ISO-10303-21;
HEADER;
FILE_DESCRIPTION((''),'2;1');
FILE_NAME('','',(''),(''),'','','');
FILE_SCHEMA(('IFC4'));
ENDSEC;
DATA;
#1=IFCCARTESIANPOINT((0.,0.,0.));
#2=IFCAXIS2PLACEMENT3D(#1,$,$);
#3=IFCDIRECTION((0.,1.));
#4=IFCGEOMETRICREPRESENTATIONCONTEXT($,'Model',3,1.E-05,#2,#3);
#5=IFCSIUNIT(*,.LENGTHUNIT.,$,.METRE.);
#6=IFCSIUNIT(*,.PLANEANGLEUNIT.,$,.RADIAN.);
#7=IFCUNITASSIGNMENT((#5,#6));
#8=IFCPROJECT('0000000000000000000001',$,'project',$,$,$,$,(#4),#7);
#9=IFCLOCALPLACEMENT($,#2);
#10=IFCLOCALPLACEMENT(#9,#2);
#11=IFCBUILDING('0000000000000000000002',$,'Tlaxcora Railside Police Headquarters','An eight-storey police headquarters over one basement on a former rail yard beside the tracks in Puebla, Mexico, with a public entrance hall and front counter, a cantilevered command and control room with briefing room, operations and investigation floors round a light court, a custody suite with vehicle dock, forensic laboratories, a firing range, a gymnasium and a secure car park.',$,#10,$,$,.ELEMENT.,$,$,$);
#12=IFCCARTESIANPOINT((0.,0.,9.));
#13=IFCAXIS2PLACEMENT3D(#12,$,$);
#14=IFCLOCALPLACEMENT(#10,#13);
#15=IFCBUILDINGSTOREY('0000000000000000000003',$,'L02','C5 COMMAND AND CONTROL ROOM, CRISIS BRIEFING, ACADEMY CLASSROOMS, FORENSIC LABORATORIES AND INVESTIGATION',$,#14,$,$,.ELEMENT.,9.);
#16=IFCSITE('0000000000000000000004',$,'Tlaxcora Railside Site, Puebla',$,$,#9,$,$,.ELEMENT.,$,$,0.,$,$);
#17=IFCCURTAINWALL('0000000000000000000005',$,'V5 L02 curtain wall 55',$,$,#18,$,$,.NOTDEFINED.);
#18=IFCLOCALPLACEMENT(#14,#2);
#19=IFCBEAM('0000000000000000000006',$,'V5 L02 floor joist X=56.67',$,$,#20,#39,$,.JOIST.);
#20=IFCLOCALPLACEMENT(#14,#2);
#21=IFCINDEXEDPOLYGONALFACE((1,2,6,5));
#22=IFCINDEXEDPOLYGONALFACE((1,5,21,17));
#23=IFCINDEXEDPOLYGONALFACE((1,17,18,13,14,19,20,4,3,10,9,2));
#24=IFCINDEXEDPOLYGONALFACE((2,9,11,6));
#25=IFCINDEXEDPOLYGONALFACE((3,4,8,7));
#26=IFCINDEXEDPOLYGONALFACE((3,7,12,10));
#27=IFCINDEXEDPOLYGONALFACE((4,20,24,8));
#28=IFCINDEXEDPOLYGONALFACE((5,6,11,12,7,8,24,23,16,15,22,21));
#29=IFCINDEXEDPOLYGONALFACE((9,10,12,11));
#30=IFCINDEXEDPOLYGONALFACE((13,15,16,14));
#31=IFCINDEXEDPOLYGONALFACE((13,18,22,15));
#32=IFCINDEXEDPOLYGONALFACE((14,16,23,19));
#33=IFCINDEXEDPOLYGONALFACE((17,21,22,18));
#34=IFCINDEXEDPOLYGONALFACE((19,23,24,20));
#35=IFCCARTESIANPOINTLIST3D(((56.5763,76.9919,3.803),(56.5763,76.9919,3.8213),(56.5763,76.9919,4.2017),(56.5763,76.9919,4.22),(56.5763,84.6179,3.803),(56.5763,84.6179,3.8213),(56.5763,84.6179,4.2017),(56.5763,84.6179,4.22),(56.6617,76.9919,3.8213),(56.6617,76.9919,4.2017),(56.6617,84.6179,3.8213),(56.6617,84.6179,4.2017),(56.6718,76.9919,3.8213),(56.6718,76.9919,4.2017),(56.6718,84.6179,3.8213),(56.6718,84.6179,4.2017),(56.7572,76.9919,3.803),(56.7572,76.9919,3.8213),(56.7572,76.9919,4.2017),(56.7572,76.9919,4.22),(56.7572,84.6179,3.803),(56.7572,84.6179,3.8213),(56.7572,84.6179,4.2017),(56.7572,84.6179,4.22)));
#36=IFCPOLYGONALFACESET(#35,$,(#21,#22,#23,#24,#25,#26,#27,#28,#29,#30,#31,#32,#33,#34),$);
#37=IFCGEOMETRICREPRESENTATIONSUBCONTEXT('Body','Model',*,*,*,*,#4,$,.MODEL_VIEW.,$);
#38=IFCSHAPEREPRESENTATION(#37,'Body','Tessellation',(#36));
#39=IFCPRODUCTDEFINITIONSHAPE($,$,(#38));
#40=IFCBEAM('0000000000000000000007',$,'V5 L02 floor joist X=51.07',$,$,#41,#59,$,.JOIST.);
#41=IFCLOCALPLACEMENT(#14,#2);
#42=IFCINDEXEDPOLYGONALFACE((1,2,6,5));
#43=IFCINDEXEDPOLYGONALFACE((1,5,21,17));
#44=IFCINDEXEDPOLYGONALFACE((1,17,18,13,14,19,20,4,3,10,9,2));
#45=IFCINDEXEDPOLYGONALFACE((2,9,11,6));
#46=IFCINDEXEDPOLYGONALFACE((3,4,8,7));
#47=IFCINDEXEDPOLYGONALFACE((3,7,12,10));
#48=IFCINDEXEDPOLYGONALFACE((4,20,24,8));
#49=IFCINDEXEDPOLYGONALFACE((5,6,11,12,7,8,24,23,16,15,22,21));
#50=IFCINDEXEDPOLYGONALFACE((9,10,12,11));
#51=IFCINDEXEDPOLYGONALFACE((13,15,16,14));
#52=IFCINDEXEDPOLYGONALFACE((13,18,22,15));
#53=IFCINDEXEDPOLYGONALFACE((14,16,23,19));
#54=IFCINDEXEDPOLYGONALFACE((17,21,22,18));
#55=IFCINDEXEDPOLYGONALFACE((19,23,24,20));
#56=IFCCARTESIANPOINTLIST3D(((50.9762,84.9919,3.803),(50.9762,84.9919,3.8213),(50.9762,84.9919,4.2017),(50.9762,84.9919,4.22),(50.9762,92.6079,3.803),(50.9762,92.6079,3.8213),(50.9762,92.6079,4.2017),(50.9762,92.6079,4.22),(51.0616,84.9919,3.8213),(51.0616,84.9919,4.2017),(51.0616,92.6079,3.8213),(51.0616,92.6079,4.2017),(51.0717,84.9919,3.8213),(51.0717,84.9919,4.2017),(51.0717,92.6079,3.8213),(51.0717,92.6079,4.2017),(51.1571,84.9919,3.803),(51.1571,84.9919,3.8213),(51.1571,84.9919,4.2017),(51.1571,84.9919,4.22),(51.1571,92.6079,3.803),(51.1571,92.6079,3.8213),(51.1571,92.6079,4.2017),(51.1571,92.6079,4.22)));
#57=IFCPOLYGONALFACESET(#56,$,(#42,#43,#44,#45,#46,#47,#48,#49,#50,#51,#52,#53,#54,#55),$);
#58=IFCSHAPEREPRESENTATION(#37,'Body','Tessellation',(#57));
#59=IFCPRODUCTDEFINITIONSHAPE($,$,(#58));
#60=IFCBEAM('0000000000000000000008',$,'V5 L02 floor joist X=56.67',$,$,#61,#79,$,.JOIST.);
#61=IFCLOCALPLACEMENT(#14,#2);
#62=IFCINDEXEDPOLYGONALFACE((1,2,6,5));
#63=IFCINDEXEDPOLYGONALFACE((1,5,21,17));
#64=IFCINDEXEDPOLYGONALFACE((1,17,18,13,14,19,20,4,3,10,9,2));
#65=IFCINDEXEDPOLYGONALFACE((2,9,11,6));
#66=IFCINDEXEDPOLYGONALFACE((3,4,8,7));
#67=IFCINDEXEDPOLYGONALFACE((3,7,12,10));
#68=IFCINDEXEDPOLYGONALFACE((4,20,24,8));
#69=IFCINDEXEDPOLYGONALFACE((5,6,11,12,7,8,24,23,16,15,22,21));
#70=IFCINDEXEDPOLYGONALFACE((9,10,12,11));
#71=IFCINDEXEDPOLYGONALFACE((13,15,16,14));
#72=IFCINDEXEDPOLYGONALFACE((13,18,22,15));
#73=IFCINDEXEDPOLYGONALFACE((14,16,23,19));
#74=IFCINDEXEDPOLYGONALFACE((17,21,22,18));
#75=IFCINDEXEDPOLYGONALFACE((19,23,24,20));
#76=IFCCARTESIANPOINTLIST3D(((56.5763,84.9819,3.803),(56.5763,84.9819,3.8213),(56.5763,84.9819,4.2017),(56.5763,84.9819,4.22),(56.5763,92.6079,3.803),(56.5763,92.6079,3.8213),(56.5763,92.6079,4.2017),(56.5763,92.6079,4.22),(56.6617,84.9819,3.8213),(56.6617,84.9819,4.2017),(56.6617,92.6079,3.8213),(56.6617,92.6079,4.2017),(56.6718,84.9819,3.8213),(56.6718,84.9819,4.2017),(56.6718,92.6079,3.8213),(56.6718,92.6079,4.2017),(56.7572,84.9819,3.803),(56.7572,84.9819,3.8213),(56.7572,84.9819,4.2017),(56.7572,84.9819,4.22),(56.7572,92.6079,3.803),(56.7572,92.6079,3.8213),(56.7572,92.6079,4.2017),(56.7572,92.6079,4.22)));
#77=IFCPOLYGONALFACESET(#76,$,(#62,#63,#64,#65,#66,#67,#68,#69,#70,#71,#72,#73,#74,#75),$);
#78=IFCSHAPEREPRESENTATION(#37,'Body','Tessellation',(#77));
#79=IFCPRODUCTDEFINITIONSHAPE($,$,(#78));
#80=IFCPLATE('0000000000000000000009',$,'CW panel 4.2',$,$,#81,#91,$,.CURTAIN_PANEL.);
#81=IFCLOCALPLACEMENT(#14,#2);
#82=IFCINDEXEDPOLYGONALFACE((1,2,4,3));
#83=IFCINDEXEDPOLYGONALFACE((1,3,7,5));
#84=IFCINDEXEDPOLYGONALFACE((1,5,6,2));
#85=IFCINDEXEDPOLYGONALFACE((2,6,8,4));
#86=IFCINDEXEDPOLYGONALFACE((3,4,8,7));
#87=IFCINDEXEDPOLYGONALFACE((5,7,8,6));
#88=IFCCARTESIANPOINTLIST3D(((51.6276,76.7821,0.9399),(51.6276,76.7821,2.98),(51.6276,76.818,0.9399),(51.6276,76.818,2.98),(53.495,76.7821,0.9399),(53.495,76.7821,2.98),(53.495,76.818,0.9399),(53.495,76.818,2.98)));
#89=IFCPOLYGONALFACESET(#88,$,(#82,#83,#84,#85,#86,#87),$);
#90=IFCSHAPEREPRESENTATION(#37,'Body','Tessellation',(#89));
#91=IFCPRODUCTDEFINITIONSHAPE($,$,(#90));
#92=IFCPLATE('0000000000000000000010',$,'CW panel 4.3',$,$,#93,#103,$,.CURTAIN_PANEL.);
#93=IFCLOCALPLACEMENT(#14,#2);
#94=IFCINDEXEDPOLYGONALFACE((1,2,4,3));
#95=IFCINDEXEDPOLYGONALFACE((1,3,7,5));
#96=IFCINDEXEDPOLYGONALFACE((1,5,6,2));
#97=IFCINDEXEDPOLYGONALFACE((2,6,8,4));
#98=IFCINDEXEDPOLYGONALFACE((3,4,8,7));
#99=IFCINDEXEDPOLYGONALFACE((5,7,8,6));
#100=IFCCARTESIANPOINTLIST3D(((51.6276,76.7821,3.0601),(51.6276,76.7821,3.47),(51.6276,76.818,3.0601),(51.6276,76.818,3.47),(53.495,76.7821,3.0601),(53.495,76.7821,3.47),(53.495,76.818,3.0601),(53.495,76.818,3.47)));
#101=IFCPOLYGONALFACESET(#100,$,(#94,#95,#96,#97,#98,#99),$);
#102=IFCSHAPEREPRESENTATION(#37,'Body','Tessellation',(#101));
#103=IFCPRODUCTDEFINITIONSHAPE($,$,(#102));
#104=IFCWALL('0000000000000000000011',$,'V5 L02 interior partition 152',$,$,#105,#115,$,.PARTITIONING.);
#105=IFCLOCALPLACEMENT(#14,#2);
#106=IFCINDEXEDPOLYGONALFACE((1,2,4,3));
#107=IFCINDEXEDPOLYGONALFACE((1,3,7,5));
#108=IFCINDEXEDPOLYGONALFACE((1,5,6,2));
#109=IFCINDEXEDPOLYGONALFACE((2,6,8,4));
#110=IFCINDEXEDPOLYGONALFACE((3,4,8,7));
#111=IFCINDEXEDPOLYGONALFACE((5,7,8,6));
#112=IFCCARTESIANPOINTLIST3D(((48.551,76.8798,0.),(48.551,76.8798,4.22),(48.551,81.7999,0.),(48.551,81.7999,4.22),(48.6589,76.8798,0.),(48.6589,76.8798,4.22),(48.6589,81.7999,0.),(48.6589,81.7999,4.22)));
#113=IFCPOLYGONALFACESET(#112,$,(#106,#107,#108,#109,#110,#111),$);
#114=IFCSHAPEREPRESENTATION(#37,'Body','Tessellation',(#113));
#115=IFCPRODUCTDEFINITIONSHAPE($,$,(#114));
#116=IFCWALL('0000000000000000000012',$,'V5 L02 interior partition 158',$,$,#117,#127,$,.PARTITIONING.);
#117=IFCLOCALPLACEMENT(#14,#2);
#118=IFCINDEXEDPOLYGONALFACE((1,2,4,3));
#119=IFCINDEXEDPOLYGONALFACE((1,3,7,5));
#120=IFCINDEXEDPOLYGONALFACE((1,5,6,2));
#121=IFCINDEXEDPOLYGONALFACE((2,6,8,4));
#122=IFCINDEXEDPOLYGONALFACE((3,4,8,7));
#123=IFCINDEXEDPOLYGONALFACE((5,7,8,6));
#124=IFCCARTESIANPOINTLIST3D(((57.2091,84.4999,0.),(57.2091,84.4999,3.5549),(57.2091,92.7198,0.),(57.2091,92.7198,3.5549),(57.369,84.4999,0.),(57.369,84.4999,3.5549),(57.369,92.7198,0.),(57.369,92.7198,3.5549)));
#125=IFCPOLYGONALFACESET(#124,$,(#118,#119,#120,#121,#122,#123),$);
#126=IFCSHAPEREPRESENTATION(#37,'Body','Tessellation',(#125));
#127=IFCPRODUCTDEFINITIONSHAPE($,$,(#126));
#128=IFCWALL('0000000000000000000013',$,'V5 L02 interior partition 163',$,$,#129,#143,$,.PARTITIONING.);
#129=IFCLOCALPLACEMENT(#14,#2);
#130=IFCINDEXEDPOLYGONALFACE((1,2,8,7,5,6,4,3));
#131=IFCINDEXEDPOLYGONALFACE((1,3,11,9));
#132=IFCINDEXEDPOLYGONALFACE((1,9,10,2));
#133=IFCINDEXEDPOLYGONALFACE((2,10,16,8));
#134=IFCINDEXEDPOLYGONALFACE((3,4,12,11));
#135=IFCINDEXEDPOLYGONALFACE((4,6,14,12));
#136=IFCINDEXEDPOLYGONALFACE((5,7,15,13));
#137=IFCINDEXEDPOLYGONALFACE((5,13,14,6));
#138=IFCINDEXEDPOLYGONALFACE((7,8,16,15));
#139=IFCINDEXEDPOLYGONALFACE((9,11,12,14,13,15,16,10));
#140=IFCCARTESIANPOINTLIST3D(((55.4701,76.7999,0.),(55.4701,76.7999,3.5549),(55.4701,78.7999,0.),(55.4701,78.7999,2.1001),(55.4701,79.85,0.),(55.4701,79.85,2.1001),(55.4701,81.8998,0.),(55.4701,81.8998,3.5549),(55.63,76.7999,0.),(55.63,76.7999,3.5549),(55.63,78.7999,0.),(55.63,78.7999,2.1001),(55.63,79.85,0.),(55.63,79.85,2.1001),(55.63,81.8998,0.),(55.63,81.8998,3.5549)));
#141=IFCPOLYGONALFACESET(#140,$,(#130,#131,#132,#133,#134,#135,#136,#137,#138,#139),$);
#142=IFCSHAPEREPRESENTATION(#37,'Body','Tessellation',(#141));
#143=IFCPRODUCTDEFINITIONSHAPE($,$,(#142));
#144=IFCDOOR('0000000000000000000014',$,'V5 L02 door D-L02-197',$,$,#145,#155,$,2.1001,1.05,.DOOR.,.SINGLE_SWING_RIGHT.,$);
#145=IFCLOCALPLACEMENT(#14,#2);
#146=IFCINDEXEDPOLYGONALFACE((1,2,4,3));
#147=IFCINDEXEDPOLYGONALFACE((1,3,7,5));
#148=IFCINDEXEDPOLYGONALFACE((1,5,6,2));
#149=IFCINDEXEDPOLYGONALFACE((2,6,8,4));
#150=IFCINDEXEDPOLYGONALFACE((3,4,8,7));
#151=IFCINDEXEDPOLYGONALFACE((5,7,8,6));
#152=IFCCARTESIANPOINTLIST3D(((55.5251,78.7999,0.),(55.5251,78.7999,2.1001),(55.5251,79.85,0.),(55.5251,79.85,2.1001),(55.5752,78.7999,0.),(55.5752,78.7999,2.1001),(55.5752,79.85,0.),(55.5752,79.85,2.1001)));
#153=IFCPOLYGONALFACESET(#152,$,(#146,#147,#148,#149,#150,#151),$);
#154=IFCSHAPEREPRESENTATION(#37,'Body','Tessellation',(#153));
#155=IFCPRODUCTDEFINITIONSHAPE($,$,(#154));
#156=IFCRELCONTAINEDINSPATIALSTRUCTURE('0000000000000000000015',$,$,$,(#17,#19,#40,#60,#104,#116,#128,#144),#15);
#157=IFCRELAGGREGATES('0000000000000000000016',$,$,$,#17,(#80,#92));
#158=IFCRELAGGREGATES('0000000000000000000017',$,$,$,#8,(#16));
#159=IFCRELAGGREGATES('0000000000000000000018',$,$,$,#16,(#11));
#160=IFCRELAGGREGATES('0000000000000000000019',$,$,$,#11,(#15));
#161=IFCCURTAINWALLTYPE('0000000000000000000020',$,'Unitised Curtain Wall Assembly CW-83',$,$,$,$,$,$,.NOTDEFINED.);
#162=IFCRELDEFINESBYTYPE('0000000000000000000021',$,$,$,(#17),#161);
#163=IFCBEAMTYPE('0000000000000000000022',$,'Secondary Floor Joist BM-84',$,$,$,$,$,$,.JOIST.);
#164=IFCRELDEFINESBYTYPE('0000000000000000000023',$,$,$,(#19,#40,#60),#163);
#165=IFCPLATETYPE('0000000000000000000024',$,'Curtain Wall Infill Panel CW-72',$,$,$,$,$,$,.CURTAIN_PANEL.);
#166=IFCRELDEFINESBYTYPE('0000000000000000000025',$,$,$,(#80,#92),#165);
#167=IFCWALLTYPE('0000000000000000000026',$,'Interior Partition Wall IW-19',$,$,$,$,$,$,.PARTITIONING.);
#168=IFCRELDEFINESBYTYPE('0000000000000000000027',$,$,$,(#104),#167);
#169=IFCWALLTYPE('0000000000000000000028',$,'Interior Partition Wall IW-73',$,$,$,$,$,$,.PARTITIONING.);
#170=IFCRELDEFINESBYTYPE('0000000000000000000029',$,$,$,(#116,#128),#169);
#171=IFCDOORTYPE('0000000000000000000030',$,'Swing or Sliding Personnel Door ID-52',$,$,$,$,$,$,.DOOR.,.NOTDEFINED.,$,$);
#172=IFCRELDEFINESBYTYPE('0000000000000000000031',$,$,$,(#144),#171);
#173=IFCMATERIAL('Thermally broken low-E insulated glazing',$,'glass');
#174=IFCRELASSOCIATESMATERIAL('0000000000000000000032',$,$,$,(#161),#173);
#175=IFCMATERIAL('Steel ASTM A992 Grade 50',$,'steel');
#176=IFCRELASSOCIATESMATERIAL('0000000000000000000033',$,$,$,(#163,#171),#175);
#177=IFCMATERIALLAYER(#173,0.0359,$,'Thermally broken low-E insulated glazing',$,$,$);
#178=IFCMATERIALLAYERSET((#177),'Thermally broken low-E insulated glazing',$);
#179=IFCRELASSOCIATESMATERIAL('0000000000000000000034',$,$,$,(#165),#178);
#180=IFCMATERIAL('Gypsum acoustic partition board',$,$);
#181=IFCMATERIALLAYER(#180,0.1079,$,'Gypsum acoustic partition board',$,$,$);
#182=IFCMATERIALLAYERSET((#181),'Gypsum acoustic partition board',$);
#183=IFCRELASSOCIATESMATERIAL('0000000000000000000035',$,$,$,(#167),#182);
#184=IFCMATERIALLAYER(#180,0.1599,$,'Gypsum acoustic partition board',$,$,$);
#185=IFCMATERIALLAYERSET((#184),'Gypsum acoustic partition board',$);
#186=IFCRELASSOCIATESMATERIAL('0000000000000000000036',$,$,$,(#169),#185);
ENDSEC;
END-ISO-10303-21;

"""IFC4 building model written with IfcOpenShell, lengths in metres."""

from ifc_helpers import new_model, si_unit, direction, frame, frame_2d, origin, origin_2d, place, context, subcontext, project, spatial, rectangle, i_section, extrude, material, layer, layer_set, material_profile, profile_set, type_object, element, fill, aggregate, save


model = new_model("IFC4")

# Units and contexts
model_context = context("Model", 3, precision=1e-05, world=origin(), true_north=direction((0.0, 1.0)))
body_context = subcontext(model_context, "Body", "Model", "MODEL_VIEW")
ifc_project = project(units=[si_unit("LENGTHUNIT", "METRE"), si_unit("PLANEANGLEUNIT", "RADIAN")], contexts=[model_context])

# Site, building, storey
site_placement = place(None, origin())
site = spatial("IfcSite", under=ifc_project, at=site_placement, Name="Tlaxcora Railside Site, Puebla", CompositionType="ELEMENT", RefElevation=0.0)
building_placement = place(site_placement, origin())
building = spatial("IfcBuilding", under=site, at=building_placement, Name="Tlaxcora Railside Police Headquarters", Description="An eight-storey police headquarters over one basement on a former rail yard beside the tracks in Puebla, Mexico, with a public entrance hall and front counter, a cantilevered command and control room with briefing room, operations and investigation floors round a light court, a custody suite with vehicle dock, forensic laboratories, a firing range, a gymnasium and a secure car park.", CompositionType="ELEMENT")
storey_placement = place(building_placement, frame((0.0, 0.0, 9.0)))
storey = spatial("IfcBuildingStorey", under=building, at=storey_placement, Name="L02", Description="C5 COMMAND AND CONTROL ROOM, CRISIS BRIEFING, ACADEMY CLASSROOMS, FORENSIC LABORATORIES AND INVESTIGATION", CompositionType="ELEMENT", Elevation=9.0)

# Curtain wall
ifc_material_1 = material(Name="Thermally broken low-E insulated glazing", Category="glass")
curtain_wall_type_1 = type_object("IfcCurtainWallType", Name="Unitised Curtain Wall Assembly CW-83", PredefinedType="NOTDEFINED", material=ifc_material_1)
curtain_wall_1_placement = place(storey_placement, origin())
curtain_wall_1 = element("IfcCurtainWall", 1, at=curtain_wall_1_placement, inside=storey, type_object=curtain_wall_type_1, Name="V5 L02 curtain wall 55", PredefinedType="NOTDEFINED")

# Beams
ifc_material_2 = material(Name="Steel ASTM A992 Grade 50", Category="steel")
ifc_material_profile_1 = material_profile(ifc_material_2, i_section(OverallWidth=0.1809, OverallDepth=0.417, WebThickness=0.01, FlangeThickness=0.0183, at=origin_2d()), Name="W16X57")
ifc_profile_set_1 = profile_set([ifc_material_profile_1], Name="Steel ASTM A992 Grade 50")
beam_type_1 = type_object("IfcBeamType", Name="Secondary Floor Joist BM-84", PredefinedType="JOIST", material=ifc_profile_set_1)
beam_1_placement = place(storey_placement, frame((56.6667, 76.9919, 4.0115), z_axis=(0.0, 1.0, 0.0), x_axis=(-1.0, 0.0, 0.0)))
element("IfcBeam", 2, at=beam_1_placement, inside=storey, type_object=beam_type_1, Name="V5 L02 floor joist X=56.67", PredefinedType="JOIST", context=body_context, shape_type="SweptSolid", body=[
    extrude(i_section(OverallWidth=0.1809, OverallDepth=0.417, WebThickness=0.01, FlangeThickness=0.0183, at=origin_2d()), origin(), (0.0, 0.0, 1.0), 7.626),
])
beam_2_placement = place(storey_placement, frame((51.0667, 84.9919, 4.0115), z_axis=(0.0, 1.0, 0.0), x_axis=(-1.0, 0.0, 0.0)))
element("IfcBeam", 3, at=beam_2_placement, inside=storey, type_object=beam_type_1, Name="V5 L02 floor joist X=51.07", PredefinedType="JOIST", context=body_context, shape_type="SweptSolid", body=[
    extrude(i_section(OverallWidth=0.1809, OverallDepth=0.417, WebThickness=0.01, FlangeThickness=0.0183, at=origin_2d()), origin(), (0.0, 0.0, 1.0), 7.616),
])
beam_3_placement = place(storey_placement, frame((56.6667, 84.9819, 4.0115), z_axis=(0.0, 1.0, 0.0), x_axis=(-1.0, 0.0, 0.0)))
element("IfcBeam", 4, at=beam_3_placement, inside=storey, type_object=beam_type_1, Name="V5 L02 floor joist X=56.67", PredefinedType="JOIST", context=body_context, shape_type="SweptSolid", body=[
    extrude(i_section(OverallWidth=0.1809, OverallDepth=0.417, WebThickness=0.01, FlangeThickness=0.0183, at=origin_2d()), origin(), (0.0, 0.0, 1.0), 7.626),
])

# Plates
ifc_layer_1 = layer(ifc_material_1, 0.0359, Name="Thermally broken low-E insulated glazing")
ifc_layer_set_1 = layer_set([ifc_layer_1], Name="Thermally broken low-E insulated glazing")
plate_type = type_object("IfcPlateType", Name="Curtain Wall Infill Panel CW-72", PredefinedType="CURTAIN_PANEL", material=ifc_layer_set_1)
plate_1_placement = place(storey_placement, frame((52.5613, 76.8, 0.9399), z_axis=(0.0, 0.0, 1.0), x_axis=(1.0, 0.0, 0.0)))
plate_1 = element("IfcPlate", 5, at=plate_1_placement, type_object=plate_type, Name="CW panel 4.2", PredefinedType="CURTAIN_PANEL", context=body_context, shape_type="SweptSolid", body=[
    extrude(rectangle(XDim=1.8674, YDim=0.0359, at=origin_2d()), origin(), (0.0, 0.0, 1.0), 2.04),
])
plate_2_placement = place(storey_placement, frame((52.5613, 76.8, 3.0601), z_axis=(0.0, 0.0, 1.0), x_axis=(1.0, 0.0, 0.0)))
plate_2 = element("IfcPlate", 6, at=plate_2_placement, type_object=plate_type, Name="CW panel 4.3", PredefinedType="CURTAIN_PANEL", context=body_context, shape_type="SweptSolid", body=[
    extrude(rectangle(XDim=1.8674, YDim=0.0359, at=origin_2d()), origin(), (0.0, 0.0, 1.0), 0.4099),
])
aggregate(curtain_wall_1, [plate_1, plate_2])

# Walls
ifc_material_3 = material(Name="Gypsum acoustic partition board")
ifc_layer_2 = layer(ifc_material_3, 0.1079, Name="Gypsum acoustic partition board")
ifc_layer_set_2 = layer_set([ifc_layer_2], Name="Gypsum acoustic partition board")
wall_type_1 = type_object("IfcWallType", Name="Interior Partition Wall IW-19", PredefinedType="PARTITIONING", material=ifc_layer_set_2)
wall_1_placement = place(storey_placement, frame((48.605, 76.8799, 0.0), z_axis=(0.0, 0.0, 1.0), x_axis=(0.0, 1.0, 0.0)))
element("IfcWall", 7, at=wall_1_placement, inside=storey, type_object=wall_type_1, Name="V5 L02 interior partition 152", PredefinedType="PARTITIONING", context=body_context, shape_type="SweptSolid", body=[
    extrude(rectangle(XDim=4.9202, YDim=0.1079, at=frame_2d((2.46, 0.0))), origin(), (0.0, 0.0, 1.0), 4.22),
])
ifc_layer_3 = layer(ifc_material_3, 0.1599, Name="Gypsum acoustic partition board")
ifc_layer_set_3 = layer_set([ifc_layer_3], Name="Gypsum acoustic partition board")
wall_type_2 = type_object("IfcWallType", Name="Interior Partition Wall IW-73", PredefinedType="PARTITIONING", material=ifc_layer_set_3)
wall_2_placement = place(storey_placement, frame((57.2891, 84.5, 0.0), z_axis=(0.0, 0.0, 1.0), x_axis=(0.0, 1.0, 0.0)))
element("IfcWall", 8, at=wall_2_placement, inside=storey, type_object=wall_type_2, Name="V5 L02 interior partition 158", PredefinedType="PARTITIONING", context=body_context, shape_type="SweptSolid", body=[
    extrude(rectangle(XDim=8.22, YDim=0.1599, at=frame_2d((4.1099, 0.0))), origin(), (0.0, 0.0, 1.0), 3.5549),
])

# Wall, opening, door
wall_3_placement = place(storey_placement, frame((55.55, 76.8, 0.0), z_axis=(0.0, 0.0, 1.0), x_axis=(0.0, 1.0, 0.0)))
wall_3 = element("IfcWall", 9, at=wall_3_placement, inside=storey, type_object=wall_type_2, Name="V5 L02 interior partition 163", PredefinedType="PARTITIONING", context=body_context, shape_type="SweptSolid", body=[
    extrude(rectangle(XDim=5.0999, YDim=0.1599, at=frame_2d((2.5498, 0.0))), origin(), (0.0, 0.0, 1.0), 3.5549),
])
opening_1_placement = place(wall_3_placement, frame((2.0, 0.0, 0.0)))
opening_1 = element("IfcOpeningElement", 10, at=opening_1_placement, cuts=wall_3, PredefinedType="OPENING", context=body_context, shape_type="SweptSolid", body=[
    extrude(rectangle(XDim=1.05, YDim=2.1001, at=frame_2d((0.5249, 1.05))), frame((0.0, 0.0898, 0.0), z_axis=(0.0, -1.0, 0.0), x_axis=(1.0, 0.0, 0.0)), (0.0, 0.0, 1.0), 0.1799),
])
door_type_1 = type_object("IfcDoorType", Name="Swing or Sliding Personnel Door ID-52", OperationType="NOTDEFINED", PredefinedType="DOOR", material=ifc_material_2)
door_1_placement = place(opening_1_placement, origin())
door_1 = element("IfcDoor", 11, at=door_1_placement, inside=storey, type_object=door_type_1, Name="V5 L02 door D-L02-197", OperationType="SINGLE_SWING_RIGHT", OverallHeight=2.1001, OverallWidth=1.05, PredefinedType="DOOR", context=body_context, shape_type="SweptSolid", body=[
    extrude(rectangle(XDim=1.05, YDim=2.1001, at=frame_2d((0.5249, 1.05))), frame((0.0, 0.0249, 0.0), z_axis=(0.0, -1.0, 0.0), x_axis=(1.0, 0.0, 0.0)), (0.0, 0.0, 1.0), 0.05),
])
fill(opening_1, door_1)

save(model, "model.ifc")
